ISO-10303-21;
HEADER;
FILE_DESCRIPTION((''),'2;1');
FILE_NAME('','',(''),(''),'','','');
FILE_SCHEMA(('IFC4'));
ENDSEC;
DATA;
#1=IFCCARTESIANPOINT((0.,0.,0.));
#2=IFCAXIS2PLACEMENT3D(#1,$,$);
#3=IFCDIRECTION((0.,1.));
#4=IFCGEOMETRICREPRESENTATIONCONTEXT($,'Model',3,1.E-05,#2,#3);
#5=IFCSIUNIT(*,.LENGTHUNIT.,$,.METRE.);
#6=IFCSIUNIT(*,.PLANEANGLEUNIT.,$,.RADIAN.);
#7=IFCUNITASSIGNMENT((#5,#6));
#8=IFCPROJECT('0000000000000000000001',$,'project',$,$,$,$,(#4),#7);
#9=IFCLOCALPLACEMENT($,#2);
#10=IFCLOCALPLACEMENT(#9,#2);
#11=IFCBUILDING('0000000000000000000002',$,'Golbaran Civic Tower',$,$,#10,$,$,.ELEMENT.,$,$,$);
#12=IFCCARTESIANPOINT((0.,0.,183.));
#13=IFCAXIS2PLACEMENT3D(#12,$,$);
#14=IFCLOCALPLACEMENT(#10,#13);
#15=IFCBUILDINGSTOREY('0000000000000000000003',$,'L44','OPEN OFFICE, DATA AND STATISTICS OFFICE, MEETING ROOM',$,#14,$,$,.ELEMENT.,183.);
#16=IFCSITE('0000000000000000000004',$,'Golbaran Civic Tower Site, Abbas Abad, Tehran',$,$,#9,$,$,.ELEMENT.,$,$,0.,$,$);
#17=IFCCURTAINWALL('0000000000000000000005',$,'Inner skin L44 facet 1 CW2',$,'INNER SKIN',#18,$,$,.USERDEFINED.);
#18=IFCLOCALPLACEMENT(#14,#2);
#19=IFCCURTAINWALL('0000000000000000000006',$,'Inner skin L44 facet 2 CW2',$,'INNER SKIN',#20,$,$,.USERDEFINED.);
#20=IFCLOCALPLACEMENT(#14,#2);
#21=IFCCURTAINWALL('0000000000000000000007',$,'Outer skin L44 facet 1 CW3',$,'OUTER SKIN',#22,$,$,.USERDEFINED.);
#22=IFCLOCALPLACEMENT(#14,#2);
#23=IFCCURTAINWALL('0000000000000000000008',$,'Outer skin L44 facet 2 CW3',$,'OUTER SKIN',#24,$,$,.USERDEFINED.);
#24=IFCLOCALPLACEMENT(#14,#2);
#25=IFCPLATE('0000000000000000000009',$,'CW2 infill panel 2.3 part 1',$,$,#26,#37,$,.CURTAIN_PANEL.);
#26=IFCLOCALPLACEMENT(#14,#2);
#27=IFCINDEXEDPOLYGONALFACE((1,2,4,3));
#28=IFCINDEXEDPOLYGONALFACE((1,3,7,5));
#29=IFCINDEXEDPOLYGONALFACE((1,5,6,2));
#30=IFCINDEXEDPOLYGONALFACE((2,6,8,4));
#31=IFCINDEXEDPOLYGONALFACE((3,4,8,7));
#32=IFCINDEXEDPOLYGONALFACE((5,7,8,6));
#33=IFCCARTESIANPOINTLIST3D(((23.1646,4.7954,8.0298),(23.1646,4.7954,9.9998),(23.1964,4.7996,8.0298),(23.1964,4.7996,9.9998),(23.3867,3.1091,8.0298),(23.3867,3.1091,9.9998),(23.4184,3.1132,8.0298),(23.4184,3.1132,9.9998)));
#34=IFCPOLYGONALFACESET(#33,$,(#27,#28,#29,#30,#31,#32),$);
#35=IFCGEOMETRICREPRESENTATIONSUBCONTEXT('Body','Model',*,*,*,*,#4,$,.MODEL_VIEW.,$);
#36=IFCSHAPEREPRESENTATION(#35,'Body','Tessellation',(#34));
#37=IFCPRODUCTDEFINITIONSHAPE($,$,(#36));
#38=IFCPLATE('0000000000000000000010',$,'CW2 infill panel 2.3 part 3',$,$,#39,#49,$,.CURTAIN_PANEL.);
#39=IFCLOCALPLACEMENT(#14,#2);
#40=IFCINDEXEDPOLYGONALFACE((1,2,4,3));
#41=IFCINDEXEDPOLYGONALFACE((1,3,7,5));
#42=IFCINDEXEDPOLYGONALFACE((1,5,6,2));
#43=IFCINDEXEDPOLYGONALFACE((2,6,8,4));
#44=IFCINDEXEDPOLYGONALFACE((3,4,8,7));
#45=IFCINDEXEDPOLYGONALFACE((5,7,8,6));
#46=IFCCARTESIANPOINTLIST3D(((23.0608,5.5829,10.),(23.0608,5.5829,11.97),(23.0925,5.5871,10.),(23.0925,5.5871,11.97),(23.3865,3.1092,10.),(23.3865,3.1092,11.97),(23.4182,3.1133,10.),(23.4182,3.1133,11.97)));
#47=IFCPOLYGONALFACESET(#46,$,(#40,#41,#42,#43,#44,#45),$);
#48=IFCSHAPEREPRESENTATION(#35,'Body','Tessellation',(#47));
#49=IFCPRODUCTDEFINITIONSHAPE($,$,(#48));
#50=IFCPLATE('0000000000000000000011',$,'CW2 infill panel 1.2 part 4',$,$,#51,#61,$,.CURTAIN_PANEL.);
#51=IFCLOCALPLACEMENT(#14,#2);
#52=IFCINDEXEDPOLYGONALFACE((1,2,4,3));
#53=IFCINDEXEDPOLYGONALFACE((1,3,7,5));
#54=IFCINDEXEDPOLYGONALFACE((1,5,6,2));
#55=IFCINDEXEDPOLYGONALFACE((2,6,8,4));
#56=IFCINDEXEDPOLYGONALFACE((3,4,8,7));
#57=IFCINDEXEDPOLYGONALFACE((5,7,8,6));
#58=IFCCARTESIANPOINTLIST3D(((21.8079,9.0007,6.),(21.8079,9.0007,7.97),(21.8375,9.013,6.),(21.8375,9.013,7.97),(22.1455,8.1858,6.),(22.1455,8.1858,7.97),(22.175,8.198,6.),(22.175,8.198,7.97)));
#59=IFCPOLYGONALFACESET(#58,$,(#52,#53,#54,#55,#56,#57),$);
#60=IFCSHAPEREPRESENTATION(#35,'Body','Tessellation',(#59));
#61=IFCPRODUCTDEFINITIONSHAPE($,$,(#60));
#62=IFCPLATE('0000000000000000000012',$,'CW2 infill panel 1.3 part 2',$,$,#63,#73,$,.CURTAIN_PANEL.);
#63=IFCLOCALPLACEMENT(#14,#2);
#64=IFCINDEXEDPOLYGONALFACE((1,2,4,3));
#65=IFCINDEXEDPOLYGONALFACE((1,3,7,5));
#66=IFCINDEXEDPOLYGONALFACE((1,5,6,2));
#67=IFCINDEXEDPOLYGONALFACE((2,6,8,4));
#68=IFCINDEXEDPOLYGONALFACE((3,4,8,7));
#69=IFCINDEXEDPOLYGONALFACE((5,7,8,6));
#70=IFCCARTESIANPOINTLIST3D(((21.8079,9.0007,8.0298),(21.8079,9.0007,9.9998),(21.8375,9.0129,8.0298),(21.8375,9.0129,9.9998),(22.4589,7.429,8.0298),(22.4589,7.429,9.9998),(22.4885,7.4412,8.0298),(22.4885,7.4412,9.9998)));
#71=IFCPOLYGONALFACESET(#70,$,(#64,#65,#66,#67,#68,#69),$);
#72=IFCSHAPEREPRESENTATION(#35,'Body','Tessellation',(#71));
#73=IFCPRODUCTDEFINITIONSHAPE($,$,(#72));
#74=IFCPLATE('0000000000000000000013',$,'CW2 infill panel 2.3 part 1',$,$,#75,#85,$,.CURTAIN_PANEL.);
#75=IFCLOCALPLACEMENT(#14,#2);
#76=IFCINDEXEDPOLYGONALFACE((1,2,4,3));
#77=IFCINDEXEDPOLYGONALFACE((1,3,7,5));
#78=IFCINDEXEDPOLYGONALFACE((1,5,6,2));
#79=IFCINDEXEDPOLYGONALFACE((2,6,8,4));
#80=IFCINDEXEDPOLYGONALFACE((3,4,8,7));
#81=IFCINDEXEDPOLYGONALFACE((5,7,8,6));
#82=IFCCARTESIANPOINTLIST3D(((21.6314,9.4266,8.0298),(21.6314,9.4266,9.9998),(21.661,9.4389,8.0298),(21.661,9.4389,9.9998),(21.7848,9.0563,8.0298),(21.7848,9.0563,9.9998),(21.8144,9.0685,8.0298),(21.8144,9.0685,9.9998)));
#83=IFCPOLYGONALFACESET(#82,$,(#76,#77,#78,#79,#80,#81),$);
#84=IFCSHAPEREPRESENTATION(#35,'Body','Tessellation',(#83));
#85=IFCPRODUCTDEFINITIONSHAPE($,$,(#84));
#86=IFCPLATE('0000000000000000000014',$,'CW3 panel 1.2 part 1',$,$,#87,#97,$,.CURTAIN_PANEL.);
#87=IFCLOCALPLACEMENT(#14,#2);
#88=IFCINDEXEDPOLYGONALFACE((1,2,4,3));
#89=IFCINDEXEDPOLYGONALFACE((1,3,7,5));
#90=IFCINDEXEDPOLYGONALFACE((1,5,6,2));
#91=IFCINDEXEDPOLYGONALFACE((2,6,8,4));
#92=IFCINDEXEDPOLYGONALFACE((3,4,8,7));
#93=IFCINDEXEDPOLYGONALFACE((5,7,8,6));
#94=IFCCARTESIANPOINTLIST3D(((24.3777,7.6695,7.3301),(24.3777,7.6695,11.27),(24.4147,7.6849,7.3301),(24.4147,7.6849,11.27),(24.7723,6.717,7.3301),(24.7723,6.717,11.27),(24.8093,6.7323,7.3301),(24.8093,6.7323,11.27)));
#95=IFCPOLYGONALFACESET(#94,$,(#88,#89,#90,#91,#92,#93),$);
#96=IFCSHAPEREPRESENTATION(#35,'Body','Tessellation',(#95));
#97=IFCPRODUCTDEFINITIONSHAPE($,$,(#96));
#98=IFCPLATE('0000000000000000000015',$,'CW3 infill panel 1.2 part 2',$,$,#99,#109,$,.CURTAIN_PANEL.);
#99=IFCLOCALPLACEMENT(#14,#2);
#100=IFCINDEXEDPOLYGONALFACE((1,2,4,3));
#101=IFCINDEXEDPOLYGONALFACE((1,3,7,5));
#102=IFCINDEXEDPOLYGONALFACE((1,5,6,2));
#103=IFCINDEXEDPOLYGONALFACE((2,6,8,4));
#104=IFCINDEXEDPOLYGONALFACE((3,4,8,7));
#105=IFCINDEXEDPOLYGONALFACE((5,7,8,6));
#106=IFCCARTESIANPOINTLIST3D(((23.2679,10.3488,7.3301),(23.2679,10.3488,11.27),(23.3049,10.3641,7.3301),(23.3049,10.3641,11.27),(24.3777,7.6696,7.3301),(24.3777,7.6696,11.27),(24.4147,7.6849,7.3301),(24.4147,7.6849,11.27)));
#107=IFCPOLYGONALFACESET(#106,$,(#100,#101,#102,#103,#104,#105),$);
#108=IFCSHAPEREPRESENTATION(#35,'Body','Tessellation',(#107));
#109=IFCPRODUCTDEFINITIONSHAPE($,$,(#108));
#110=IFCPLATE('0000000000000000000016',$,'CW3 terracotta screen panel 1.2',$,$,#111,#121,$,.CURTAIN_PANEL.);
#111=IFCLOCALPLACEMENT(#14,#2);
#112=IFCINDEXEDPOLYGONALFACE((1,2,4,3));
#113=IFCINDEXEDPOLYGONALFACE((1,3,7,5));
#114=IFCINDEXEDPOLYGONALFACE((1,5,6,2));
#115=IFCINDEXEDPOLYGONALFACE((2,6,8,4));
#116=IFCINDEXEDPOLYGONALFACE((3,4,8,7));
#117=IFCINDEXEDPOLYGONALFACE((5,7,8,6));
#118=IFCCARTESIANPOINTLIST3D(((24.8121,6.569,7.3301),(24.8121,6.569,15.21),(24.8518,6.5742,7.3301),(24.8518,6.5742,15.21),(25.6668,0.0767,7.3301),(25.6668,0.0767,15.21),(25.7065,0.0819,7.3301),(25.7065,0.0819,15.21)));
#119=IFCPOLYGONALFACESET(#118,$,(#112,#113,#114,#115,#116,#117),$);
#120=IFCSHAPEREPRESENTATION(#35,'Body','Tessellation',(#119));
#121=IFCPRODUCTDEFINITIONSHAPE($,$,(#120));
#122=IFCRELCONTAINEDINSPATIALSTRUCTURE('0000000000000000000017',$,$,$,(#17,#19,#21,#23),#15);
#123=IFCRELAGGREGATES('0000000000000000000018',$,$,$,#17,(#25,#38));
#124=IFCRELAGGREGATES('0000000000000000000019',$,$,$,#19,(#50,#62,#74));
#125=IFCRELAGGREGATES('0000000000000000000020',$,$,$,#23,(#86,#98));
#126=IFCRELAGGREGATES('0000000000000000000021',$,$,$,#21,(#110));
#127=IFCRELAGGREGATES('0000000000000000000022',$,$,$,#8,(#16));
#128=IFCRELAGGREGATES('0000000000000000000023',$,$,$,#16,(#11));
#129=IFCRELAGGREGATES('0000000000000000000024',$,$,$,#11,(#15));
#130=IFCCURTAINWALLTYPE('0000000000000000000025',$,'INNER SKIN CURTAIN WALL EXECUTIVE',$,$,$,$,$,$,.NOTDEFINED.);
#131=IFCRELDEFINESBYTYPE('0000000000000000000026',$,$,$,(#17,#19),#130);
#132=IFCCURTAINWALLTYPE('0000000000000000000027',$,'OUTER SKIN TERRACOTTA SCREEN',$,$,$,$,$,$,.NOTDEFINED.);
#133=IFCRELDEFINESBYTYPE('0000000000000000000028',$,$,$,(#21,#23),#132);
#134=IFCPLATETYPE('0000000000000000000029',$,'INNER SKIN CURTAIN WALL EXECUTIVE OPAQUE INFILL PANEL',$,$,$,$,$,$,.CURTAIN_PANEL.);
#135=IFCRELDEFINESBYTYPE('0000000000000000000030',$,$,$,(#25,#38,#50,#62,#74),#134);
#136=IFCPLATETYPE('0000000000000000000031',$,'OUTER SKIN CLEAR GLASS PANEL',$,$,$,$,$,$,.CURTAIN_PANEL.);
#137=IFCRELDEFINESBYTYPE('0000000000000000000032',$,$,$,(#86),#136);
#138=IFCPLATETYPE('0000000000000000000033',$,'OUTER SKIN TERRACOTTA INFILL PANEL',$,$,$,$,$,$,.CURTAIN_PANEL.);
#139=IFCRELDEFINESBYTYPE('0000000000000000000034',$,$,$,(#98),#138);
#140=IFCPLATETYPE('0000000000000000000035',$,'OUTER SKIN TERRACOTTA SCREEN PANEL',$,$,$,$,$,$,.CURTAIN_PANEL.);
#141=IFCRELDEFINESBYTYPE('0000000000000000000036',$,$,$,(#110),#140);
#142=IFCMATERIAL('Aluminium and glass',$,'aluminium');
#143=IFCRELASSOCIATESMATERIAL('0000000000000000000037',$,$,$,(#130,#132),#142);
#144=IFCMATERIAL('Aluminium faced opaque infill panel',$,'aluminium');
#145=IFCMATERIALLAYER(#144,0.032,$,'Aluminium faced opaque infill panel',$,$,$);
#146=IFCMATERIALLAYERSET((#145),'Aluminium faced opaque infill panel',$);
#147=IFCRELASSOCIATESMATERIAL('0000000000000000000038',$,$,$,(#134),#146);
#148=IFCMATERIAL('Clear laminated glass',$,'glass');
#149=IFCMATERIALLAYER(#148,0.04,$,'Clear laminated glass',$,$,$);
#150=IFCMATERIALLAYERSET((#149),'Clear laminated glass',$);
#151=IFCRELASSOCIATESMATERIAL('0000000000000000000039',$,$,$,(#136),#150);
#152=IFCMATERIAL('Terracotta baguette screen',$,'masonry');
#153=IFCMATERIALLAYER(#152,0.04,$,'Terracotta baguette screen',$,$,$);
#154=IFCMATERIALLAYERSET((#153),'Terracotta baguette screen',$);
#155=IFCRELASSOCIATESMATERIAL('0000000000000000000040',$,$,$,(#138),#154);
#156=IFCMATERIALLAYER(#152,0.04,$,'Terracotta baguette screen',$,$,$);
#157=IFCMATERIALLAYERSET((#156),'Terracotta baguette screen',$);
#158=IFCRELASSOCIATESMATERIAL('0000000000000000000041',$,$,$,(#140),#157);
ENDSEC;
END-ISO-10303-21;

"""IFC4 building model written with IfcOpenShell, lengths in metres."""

from ifc_helpers import new_model, si_unit, direction, frame, origin, origin_2d, place, context, subcontext, project, spatial, rectangle, extrude, material, layer, layer_set, type_object, element, aggregate, save


model = new_model("IFC4")

# Units and contexts
model_context = context("Model", 3, precision=1e-05, world=origin(), true_north=direction((0.0, 1.0)))
body_context = subcontext(model_context, "Body", "Model", "MODEL_VIEW")
ifc_project = project(units=[si_unit("LENGTHUNIT", "METRE"), si_unit("PLANEANGLEUNIT", "RADIAN")], contexts=[model_context])

# Site, building, storey
site_placement = place(None, origin())
site = spatial("IfcSite", under=ifc_project, at=site_placement, Name="Golbaran Civic Tower Site, Abbas Abad, Tehran", CompositionType="ELEMENT", RefElevation=0.0)
building_placement = place(site_placement, origin())
building = spatial("IfcBuilding", under=site, at=building_placement, Name="Golbaran Civic Tower", CompositionType="ELEMENT")
storey_placement = place(building_placement, frame((0.0, 0.0, 183.0)))
storey = spatial("IfcBuildingStorey", under=building, at=storey_placement, Name="L44", Description="OPEN OFFICE, DATA AND STATISTICS OFFICE, MEETING ROOM", CompositionType="ELEMENT", Elevation=183.0)

# Curtain walls
ifc_material_1 = material(Name="Aluminium and glass", Category="aluminium")
curtain_wall_type_1 = type_object("IfcCurtainWallType", Name="INNER SKIN CURTAIN WALL EXECUTIVE", PredefinedType="NOTDEFINED", material=ifc_material_1)
curtain_wall_1_placement = place(storey_placement, origin())
curtain_wall_1 = element("IfcCurtainWall", 1, at=curtain_wall_1_placement, inside=storey, type_object=curtain_wall_type_1, Name="Inner skin L44 facet 1 CW2", ObjectType="INNER SKIN", PredefinedType="USERDEFINED")
curtain_wall_2_placement = place(storey_placement, origin())
curtain_wall_2 = element("IfcCurtainWall", 2, at=curtain_wall_2_placement, inside=storey, type_object=curtain_wall_type_1, Name="Inner skin L44 facet 2 CW2", ObjectType="INNER SKIN", PredefinedType="USERDEFINED")

# Curtain walls
curtain_wall_type_2 = type_object("IfcCurtainWallType", Name="OUTER SKIN TERRACOTTA SCREEN", PredefinedType="NOTDEFINED", material=ifc_material_1)
curtain_wall_3_placement = place(storey_placement, origin())
curtain_wall_3 = element("IfcCurtainWall", 3, at=curtain_wall_3_placement, inside=storey, type_object=curtain_wall_type_2, Name="Outer skin L44 facet 1 CW3", ObjectType="OUTER SKIN", PredefinedType="USERDEFINED")
curtain_wall_4_placement = place(storey_placement, origin())
curtain_wall_4 = element("IfcCurtainWall", 4, at=curtain_wall_4_placement, inside=storey, type_object=curtain_wall_type_2, Name="Outer skin L44 facet 2 CW3", ObjectType="OUTER SKIN", PredefinedType="USERDEFINED")

# Plates
ifc_material_2 = material(Name="Aluminium faced opaque infill panel", Category="aluminium")
ifc_layer_1 = layer(ifc_material_2, 0.032, Name="Aluminium faced opaque infill panel")
ifc_layer_set_1 = layer_set([ifc_layer_1], Name="Aluminium faced opaque infill panel")
plate_type_1 = type_object("IfcPlateType", Name="INNER SKIN CURTAIN WALL EXECUTIVE OPAQUE INFILL PANEL", PredefinedType="CURTAIN_PANEL", material=ifc_layer_set_1)
plate_1_placement = place(storey_placement, frame((23.2915, 3.9543, 8.0298), z_axis=(0.0, 0.0, 1.0), x_axis=(-0.130526, 0.991445, 0.0)))
plate_1 = element("IfcPlate", 5, at=plate_1_placement, type_object=plate_type_1, Name="CW2 infill panel 2.3 part 1", PredefinedType="CURTAIN_PANEL", context=body_context, shape_type="SweptSolid", body=[
    extrude(rectangle(XDim=1.7009, YDim=0.032, at=origin_2d()), origin(), (0.0, 0.0, 1.0), 1.97),
])
plate_2_placement = place(storey_placement, frame((23.2395, 4.3481, 10.0), z_axis=(0.0, 0.0, 1.0), x_axis=(-0.130526, 0.991445, 0.0)))
plate_2 = element("IfcPlate", 6, at=plate_2_placement, type_object=plate_type_1, Name="CW2 infill panel 2.3 part 3", PredefinedType="CURTAIN_PANEL", context=body_context, shape_type="SweptSolid", body=[
    extrude(rectangle(XDim=2.4951, YDim=0.032, at=origin_2d()), origin(), (0.0, 0.0, 1.0), 1.97),
])
aggregate(curtain_wall_1, [plate_1, plate_2])
plate_3_placement = place(storey_placement, frame((21.9915, 8.5994, 6.0), z_axis=(0.0, 0.0, 1.0), x_axis=(-0.382683, 0.92388, 0.0)))
plate_3 = element("IfcPlate", 7, at=plate_3_placement, type_object=plate_type_1, Name="CW2 infill panel 1.2 part 4", PredefinedType="CURTAIN_PANEL", context=body_context, shape_type="SweptSolid", body=[
    extrude(rectangle(XDim=0.8821, YDim=0.032, at=origin_2d()), origin(), (0.0, 0.0, 1.0), 1.97),
])
plate_4_placement = place(storey_placement, frame((22.1482, 8.2209, 8.0298), z_axis=(0.0, 0.0, 1.0), x_axis=(-0.382683, 0.92388, 0.0)))
plate_4 = element("IfcPlate", 8, at=plate_4_placement, type_object=plate_type_1, Name="CW2 infill panel 1.3 part 2", PredefinedType="CURTAIN_PANEL", context=body_context, shape_type="SweptSolid", body=[
    extrude(rectangle(XDim=1.7012, YDim=0.032, at=origin_2d()), origin(), (0.0, 0.0, 1.0), 1.97),
])
plate_5_placement = place(storey_placement, frame((21.7229, 9.2476, 8.0298), z_axis=(0.0, 0.0, 1.0), x_axis=(-0.382683, 0.92388, 0.0)))
plate_5 = element("IfcPlate", 9, at=plate_5_placement, type_object=plate_type_1, Name="CW2 infill panel 2.3 part 1", PredefinedType="CURTAIN_PANEL", context=body_context, shape_type="SweptSolid", body=[
    extrude(rectangle(XDim=0.4009, YDim=0.032, at=origin_2d()), origin(), (0.0, 0.0, 1.0), 1.97),
])
aggregate(curtain_wall_2, [plate_3, plate_4, plate_5])
ifc_material_3 = material(Name="Clear laminated glass", Category="glass")
ifc_layer_2 = layer(ifc_material_3, 0.04, Name="Clear laminated glass")
ifc_layer_set_2 = layer_set([ifc_layer_2], Name="Clear laminated glass")
plate_type_2 = type_object("IfcPlateType", Name="OUTER SKIN CLEAR GLASS PANEL", PredefinedType="CURTAIN_PANEL", material=ifc_layer_set_2)
plate_6_placement = place(storey_placement, frame((24.5935, 7.2009, 7.3301), z_axis=(0.0, 0.0, 1.0), x_axis=(-0.382683, 0.92388, 0.0)))
plate_6 = element("IfcPlate", 10, at=plate_6_placement, type_object=plate_type_2, Name="CW3 panel 1.2 part 1", PredefinedType="CURTAIN_PANEL", context=body_context, shape_type="SweptSolid", body=[
    extrude(rectangle(XDim=1.031, YDim=0.04, at=origin_2d()), origin(), (0.0, 0.0, 1.0), 3.9399),
])
ifc_material_4 = material(Name="Terracotta baguette screen", Category="masonry")
ifc_layer_3 = layer(ifc_material_4, 0.04, Name="Terracotta baguette screen")
ifc_layer_set_3 = layer_set([ifc_layer_3], Name="Terracotta baguette screen")
plate_type_3 = type_object("IfcPlateType", Name="OUTER SKIN TERRACOTTA INFILL PANEL", PredefinedType="CURTAIN_PANEL", material=ifc_layer_set_3)
plate_7_placement = place(storey_placement, frame((23.8413, 9.0168, 7.3301), z_axis=(0.0, 0.0, 1.0), x_axis=(-0.382683, 0.92388, 0.0)))
plate_7 = element("IfcPlate", 11, at=plate_7_placement, type_object=plate_type_3, Name="CW3 infill panel 1.2 part 2", PredefinedType="CURTAIN_PANEL", context=body_context, shape_type="SweptSolid", body=[
    extrude(rectangle(XDim=2.8999, YDim=0.04, at=origin_2d()), origin(), (0.0, 0.0, 1.0), 3.9399),
])
aggregate(curtain_wall_4, [plate_6, plate_7])
ifc_layer_4 = layer(ifc_material_4, 0.04, Name="Terracotta baguette screen")
ifc_layer_set_4 = layer_set([ifc_layer_4], Name="Terracotta baguette screen")
plate_type_4 = type_object("IfcPlateType", Name="OUTER SKIN TERRACOTTA SCREEN PANEL", PredefinedType="CURTAIN_PANEL", material=ifc_layer_set_4)
plate_8_placement = place(storey_placement, frame((25.2593, 3.3254, 7.3301), z_axis=(0.0, 0.0, 1.0), x_axis=(-0.130526, 0.991445, 0.0)))
plate_8 = element("IfcPlate", 12, at=plate_8_placement, type_object=plate_type_4, Name="CW3 terracotta screen panel 1.2", PredefinedType="CURTAIN_PANEL", context=body_context, shape_type="SweptSolid", body=[
    extrude(rectangle(XDim=6.5483, YDim=0.04, at=origin_2d()), origin(), (0.0, 0.0, 1.0), 7.8799),
])
aggregate(curtain_wall_3, [plate_8])

save(model, "model.ifc")
